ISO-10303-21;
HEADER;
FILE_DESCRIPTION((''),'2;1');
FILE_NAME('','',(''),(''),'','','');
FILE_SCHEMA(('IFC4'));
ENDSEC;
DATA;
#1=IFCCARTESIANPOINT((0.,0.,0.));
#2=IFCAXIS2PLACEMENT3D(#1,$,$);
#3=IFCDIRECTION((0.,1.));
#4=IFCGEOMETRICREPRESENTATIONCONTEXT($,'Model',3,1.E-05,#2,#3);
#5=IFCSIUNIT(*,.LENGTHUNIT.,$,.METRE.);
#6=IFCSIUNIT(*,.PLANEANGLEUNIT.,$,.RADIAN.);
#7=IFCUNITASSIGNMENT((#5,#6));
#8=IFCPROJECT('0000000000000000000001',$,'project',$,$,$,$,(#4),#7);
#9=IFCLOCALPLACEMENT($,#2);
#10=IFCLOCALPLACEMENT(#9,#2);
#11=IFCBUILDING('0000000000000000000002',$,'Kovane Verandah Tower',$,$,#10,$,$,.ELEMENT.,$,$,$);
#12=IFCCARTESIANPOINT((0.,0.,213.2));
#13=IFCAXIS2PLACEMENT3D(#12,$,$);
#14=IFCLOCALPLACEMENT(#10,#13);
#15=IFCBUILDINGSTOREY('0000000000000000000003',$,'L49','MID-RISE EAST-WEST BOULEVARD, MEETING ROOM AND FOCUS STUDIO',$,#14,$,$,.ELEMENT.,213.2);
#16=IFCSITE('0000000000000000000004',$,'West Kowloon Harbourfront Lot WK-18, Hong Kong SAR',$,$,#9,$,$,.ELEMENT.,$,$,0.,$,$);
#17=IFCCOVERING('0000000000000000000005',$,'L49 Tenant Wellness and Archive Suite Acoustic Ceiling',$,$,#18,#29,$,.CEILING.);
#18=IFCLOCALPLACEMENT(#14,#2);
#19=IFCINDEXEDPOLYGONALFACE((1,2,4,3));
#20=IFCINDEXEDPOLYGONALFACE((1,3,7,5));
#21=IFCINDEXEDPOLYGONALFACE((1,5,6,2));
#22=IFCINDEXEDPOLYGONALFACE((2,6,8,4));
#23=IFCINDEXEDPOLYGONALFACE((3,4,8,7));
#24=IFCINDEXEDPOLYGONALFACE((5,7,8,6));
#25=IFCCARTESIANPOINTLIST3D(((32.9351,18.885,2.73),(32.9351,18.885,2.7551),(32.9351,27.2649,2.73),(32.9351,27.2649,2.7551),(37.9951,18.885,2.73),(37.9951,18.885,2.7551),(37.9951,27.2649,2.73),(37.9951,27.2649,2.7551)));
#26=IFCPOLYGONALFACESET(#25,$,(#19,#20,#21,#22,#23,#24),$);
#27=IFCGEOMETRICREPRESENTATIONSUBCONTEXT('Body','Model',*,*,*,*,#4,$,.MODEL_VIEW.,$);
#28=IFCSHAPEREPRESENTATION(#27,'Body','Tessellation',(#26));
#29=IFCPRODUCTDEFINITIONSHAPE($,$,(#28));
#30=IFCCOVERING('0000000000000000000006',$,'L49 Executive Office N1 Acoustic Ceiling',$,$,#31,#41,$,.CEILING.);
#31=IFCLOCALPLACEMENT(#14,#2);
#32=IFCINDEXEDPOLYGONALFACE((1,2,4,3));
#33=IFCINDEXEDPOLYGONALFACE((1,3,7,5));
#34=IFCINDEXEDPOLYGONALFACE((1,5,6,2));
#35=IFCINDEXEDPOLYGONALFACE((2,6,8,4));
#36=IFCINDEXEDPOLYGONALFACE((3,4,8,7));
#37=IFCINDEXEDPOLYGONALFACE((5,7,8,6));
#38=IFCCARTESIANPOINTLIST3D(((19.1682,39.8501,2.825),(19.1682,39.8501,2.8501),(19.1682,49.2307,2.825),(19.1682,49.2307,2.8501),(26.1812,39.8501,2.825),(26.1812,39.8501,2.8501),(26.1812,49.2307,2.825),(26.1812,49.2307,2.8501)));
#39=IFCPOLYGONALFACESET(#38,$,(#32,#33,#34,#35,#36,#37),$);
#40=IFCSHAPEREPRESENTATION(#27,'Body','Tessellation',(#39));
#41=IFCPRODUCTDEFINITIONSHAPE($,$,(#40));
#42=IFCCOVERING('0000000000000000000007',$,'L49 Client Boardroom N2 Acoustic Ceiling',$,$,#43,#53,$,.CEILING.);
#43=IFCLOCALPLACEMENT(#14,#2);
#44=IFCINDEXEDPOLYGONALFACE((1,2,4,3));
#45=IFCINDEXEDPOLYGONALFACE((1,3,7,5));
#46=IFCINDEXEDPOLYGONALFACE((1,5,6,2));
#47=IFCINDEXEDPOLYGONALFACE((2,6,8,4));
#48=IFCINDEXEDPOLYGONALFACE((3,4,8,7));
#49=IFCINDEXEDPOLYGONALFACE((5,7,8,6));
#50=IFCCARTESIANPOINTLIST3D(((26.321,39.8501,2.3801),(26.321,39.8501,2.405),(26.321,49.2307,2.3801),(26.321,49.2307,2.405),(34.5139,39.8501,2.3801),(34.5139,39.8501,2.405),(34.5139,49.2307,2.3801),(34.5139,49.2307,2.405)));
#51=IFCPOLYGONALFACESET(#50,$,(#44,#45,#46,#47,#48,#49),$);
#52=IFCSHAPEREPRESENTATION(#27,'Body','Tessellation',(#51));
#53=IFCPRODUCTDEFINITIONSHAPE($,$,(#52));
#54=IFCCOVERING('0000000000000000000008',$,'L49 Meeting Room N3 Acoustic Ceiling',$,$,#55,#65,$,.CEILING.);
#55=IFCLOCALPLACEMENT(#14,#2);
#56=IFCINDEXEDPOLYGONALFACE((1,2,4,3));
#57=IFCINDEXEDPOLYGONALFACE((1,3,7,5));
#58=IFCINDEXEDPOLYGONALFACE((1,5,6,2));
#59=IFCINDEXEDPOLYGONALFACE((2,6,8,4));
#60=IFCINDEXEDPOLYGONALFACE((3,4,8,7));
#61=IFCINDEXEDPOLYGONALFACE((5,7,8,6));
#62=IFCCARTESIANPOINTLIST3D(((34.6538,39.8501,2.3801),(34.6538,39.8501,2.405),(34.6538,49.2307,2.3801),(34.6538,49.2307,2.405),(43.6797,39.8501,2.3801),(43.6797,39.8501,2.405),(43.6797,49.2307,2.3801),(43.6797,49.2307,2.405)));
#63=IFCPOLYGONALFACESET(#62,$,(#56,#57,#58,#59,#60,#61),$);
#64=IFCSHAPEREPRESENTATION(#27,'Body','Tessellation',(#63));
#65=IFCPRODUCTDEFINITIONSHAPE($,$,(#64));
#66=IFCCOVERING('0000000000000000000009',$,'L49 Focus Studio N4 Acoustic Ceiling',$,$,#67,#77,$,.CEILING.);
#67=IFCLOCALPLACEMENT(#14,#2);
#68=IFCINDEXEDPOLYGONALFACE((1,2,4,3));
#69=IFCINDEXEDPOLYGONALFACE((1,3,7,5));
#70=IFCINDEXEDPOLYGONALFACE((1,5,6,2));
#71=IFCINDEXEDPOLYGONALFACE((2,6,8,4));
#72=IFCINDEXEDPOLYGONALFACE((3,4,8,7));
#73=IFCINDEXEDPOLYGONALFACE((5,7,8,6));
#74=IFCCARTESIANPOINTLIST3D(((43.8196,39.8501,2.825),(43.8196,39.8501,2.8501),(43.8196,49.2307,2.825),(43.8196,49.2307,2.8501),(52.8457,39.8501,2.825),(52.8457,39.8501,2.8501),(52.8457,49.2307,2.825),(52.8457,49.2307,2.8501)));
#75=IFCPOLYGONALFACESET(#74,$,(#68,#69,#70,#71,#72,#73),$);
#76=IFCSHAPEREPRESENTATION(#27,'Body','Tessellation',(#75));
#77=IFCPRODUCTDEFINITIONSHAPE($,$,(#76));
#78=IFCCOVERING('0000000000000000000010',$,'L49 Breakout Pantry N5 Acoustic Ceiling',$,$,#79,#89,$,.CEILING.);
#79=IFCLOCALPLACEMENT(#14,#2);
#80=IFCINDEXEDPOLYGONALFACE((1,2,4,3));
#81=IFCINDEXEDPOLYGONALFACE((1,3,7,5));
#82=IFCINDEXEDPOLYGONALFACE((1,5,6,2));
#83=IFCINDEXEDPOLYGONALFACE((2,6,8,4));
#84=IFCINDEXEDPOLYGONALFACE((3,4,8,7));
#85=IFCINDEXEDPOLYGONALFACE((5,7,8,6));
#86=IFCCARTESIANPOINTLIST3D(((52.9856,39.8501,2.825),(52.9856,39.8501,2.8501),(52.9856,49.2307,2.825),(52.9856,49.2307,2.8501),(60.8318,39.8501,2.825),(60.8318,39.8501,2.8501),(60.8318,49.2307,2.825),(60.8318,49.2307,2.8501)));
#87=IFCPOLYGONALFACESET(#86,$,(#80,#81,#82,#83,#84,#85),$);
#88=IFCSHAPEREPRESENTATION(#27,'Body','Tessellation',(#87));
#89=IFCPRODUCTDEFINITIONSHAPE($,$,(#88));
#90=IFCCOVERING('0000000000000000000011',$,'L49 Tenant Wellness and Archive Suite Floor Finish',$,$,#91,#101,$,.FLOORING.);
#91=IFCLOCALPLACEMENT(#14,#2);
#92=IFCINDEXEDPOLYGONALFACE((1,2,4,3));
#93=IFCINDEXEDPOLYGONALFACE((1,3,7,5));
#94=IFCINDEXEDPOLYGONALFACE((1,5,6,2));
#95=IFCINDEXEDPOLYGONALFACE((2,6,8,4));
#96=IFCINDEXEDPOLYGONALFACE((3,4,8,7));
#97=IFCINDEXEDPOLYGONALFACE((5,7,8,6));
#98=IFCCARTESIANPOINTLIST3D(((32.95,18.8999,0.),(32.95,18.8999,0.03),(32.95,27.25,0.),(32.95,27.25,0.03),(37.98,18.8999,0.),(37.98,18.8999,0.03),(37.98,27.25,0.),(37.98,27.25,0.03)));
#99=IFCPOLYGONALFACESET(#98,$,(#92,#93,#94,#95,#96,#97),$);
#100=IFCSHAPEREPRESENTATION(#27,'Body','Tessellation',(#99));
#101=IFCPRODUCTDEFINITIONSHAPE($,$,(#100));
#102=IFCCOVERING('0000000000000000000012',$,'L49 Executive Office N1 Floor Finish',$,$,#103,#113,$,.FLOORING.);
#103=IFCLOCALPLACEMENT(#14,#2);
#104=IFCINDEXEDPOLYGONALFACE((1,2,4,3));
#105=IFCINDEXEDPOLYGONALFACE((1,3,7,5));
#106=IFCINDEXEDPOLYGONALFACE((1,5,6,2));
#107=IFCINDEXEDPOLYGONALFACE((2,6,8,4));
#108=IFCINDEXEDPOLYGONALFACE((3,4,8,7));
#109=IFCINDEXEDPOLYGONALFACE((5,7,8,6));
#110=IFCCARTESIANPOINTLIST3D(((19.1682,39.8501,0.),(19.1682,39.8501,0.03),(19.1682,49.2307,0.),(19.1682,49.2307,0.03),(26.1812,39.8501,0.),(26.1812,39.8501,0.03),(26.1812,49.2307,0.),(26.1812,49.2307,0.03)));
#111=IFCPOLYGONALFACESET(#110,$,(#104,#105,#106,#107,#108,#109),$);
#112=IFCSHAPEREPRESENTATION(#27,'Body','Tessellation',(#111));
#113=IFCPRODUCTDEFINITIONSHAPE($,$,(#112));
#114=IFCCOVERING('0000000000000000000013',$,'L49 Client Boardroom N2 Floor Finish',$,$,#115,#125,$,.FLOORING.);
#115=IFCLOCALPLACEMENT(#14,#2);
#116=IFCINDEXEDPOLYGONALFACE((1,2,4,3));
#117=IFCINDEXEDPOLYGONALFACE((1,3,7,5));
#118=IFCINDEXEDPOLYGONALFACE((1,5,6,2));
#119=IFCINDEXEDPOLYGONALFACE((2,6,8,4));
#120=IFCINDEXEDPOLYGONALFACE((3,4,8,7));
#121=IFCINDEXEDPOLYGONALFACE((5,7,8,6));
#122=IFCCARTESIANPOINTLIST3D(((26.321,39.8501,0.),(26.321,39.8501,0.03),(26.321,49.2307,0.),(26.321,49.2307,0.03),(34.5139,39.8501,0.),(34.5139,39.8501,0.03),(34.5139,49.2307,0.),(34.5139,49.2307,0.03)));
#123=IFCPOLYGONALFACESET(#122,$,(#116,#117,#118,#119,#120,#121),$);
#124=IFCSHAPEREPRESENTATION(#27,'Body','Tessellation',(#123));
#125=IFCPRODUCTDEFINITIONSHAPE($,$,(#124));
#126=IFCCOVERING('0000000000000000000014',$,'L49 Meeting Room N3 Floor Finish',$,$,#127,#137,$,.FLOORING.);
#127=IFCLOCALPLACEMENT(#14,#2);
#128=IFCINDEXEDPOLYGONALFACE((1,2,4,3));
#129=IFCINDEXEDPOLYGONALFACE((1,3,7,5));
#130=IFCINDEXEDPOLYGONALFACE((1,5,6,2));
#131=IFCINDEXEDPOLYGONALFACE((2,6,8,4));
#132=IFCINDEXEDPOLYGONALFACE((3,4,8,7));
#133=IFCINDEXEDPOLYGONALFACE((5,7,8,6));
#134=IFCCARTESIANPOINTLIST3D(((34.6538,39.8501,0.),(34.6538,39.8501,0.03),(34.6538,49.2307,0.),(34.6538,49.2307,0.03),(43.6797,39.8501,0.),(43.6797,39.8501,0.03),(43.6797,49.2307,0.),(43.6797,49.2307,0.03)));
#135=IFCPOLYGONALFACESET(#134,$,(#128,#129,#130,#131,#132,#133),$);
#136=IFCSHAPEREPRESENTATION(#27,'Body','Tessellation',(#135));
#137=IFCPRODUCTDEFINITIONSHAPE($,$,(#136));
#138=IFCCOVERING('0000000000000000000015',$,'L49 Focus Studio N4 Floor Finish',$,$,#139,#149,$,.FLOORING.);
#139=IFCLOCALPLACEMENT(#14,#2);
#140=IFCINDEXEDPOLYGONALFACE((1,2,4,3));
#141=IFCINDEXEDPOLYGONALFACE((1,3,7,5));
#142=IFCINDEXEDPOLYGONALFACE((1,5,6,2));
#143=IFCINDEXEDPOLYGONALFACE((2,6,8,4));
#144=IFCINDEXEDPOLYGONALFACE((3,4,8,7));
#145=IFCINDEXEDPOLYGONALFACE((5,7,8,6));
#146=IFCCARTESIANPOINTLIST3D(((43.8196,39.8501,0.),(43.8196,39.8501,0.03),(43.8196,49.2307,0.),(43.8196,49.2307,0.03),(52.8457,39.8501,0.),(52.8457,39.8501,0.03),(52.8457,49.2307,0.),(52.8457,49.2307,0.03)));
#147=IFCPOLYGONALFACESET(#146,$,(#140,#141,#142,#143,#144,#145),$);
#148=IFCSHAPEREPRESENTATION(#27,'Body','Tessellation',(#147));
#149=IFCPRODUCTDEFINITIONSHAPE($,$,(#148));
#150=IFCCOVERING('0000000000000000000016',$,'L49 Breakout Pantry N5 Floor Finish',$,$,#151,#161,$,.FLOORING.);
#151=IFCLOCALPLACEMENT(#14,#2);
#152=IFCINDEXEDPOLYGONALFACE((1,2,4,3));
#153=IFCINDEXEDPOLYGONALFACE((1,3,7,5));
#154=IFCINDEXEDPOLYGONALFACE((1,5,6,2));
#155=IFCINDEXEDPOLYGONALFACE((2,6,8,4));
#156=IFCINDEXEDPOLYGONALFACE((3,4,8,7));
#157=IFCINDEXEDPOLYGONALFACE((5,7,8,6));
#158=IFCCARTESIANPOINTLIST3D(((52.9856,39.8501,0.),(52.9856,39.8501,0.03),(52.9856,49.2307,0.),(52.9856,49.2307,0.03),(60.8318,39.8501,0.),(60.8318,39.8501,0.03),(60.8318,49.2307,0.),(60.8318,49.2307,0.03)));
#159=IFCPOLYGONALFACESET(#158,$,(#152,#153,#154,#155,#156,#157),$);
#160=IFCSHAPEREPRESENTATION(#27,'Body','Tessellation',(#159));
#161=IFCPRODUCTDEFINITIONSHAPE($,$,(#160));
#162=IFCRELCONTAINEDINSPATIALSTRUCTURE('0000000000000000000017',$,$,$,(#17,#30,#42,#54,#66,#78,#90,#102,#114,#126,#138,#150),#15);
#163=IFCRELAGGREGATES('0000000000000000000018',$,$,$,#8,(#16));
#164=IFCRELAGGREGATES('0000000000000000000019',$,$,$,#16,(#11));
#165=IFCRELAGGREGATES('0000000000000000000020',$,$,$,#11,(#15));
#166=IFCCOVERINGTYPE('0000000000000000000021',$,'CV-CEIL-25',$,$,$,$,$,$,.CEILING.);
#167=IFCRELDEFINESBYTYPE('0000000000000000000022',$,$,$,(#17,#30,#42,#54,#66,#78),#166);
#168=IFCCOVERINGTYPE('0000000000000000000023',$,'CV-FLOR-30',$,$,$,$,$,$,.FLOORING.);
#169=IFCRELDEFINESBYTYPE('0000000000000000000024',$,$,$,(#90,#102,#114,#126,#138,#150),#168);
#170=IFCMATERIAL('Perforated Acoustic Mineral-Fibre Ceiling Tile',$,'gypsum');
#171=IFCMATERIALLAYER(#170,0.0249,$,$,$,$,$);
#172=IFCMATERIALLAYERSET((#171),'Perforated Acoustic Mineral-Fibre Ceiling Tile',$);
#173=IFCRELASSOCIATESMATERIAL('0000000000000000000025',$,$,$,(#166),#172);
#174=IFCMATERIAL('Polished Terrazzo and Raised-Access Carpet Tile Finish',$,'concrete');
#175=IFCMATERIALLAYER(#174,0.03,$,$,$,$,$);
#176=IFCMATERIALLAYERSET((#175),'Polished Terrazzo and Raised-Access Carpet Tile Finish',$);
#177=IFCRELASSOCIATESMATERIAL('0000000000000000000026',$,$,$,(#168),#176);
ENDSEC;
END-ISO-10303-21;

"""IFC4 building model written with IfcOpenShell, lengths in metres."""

from ifc_helpers import new_model, si_unit, direction, frame, origin, place, context, subcontext, project, spatial, polyline, outline, extrude, material, layer, layer_set, type_object, element, save


model = new_model("IFC4")

# Units and contexts
model_context = context("Model", 3, precision=1e-05, world=origin(), true_north=direction((0.0, 1.0)))
body_context = subcontext(model_context, "Body", "Model", "MODEL_VIEW")
ifc_project = project(units=[si_unit("LENGTHUNIT", "METRE"), si_unit("PLANEANGLEUNIT", "RADIAN")], contexts=[model_context])

# Site, building, storey
site_placement = place(None, origin())
site = spatial("IfcSite", under=ifc_project, at=site_placement, Name="West Kowloon Harbourfront Lot WK-18, Hong Kong SAR", CompositionType="ELEMENT", RefElevation=0.0)
building_placement = place(site_placement, origin())
building = spatial("IfcBuilding", under=site, at=building_placement, Name="Kovane Verandah Tower", CompositionType="ELEMENT")
storey_placement = place(building_placement, frame((0.0, 0.0, 213.2)))
storey = spatial("IfcBuildingStorey", under=building, at=storey_placement, Name="L49", Description="MID-RISE EAST-WEST BOULEVARD, MEETING ROOM AND FOCUS STUDIO", CompositionType="ELEMENT", Elevation=213.2)

# Coverings
ifc_material_1 = material(Name="Perforated Acoustic Mineral-Fibre Ceiling Tile", Category="gypsum")
ifc_layer_1 = layer(ifc_material_1, 0.0249)
ifc_layer_set_1 = layer_set([ifc_layer_1], Name="Perforated Acoustic Mineral-Fibre Ceiling Tile")
covering_type_1 = type_object("IfcCoveringType", Name="CV-CEIL-25", PredefinedType="CEILING", material=ifc_layer_set_1)
covering_1_placement = place(storey_placement, frame((0.0, 0.0, 2.73)))
element("IfcCovering", 1, at=covering_1_placement, inside=storey, type_object=covering_type_1, Name="L49 Tenant Wellness and Archive Suite Acoustic Ceiling", PredefinedType="CEILING", context=body_context, shape_type="SweptSolid", body=[
    extrude(outline(polyline([(32.9351, 18.885), (37.9951, 18.885), (37.9951, 27.2649), (32.9351, 27.2649), (32.9351, 18.885)])), origin(), (0.0, 0.0, 1.0), 0.0251),
])
covering_2_placement = place(storey_placement, frame((0.0, 0.0, 2.825)))
element("IfcCovering", 2, at=covering_2_placement, inside=storey, type_object=covering_type_1, Name="L49 Executive Office N1 Acoustic Ceiling", PredefinedType="CEILING", context=body_context, shape_type="SweptSolid", body=[
    extrude(outline(polyline([(19.1682, 39.8501), (26.1812, 39.8501), (26.1812, 49.2307), (19.1682, 49.2307), (19.1682, 39.8501)])), origin(), (0.0, 0.0, 1.0), 0.0251),
])
covering_3_placement = place(storey_placement, frame((0.0, 0.0, 2.3801)))
element("IfcCovering", 3, at=covering_3_placement, inside=storey, type_object=covering_type_1, Name="L49 Client Boardroom N2 Acoustic Ceiling", PredefinedType="CEILING", context=body_context, shape_type="SweptSolid", body=[
    extrude(outline(polyline([(26.321, 39.8501), (34.5139, 39.8501), (34.5139, 49.2307), (26.321, 49.2307), (26.321, 39.8501)])), origin(), (0.0, 0.0, 1.0), 0.0249),
])
covering_4_placement = place(storey_placement, frame((0.0, 0.0, 2.3801)))
element("IfcCovering", 4, at=covering_4_placement, inside=storey, type_object=covering_type_1, Name="L49 Meeting Room N3 Acoustic Ceiling", PredefinedType="CEILING", context=body_context, shape_type="SweptSolid", body=[
    extrude(outline(polyline([(34.6538, 39.8501), (43.6797, 39.8501), (43.6797, 49.2307), (34.6538, 49.2307), (34.6538, 39.8501)])), origin(), (0.0, 0.0, 1.0), 0.0249),
])
covering_5_placement = place(storey_placement, frame((0.0, 0.0, 2.825)))
element("IfcCovering", 5, at=covering_5_placement, inside=storey, type_object=covering_type_1, Name="L49 Focus Studio N4 Acoustic Ceiling", PredefinedType="CEILING", context=body_context, shape_type="SweptSolid", body=[
    extrude(outline(polyline([(43.8196, 39.8501), (52.8457, 39.8501), (52.8457, 49.2307), (43.8196, 49.2307), (43.8196, 39.8501)])), origin(), (0.0, 0.0, 1.0), 0.0251),
])
covering_6_placement = place(storey_placement, frame((0.0, 0.0, 2.825)))
element("IfcCovering", 6, at=covering_6_placement, inside=storey, type_object=covering_type_1, Name="L49 Breakout Pantry N5 Acoustic Ceiling", PredefinedType="CEILING", context=body_context, shape_type="SweptSolid", body=[
    extrude(outline(polyline([(52.9856, 39.8501), (60.8318, 39.8501), (60.8318, 49.2307), (52.9856, 49.2307), (52.9856, 39.8501)])), origin(), (0.0, 0.0, 1.0), 0.0251),
])
ifc_material_2 = material(Name="Polished Terrazzo and Raised-Access Carpet Tile Finish", Category="concrete")
ifc_layer_2 = layer(ifc_material_2, 0.03)
ifc_layer_set_2 = layer_set([ifc_layer_2], Name="Polished Terrazzo and Raised-Access Carpet Tile Finish")
covering_type_2 = type_object("IfcCoveringType", Name="CV-FLOR-30", PredefinedType="FLOORING", material=ifc_layer_set_2)
covering_7_placement = place(storey_placement, origin())
element("IfcCovering", 7, at=covering_7_placement, inside=storey, type_object=covering_type_2, Name="L49 Tenant Wellness and Archive Suite Floor Finish", PredefinedType="FLOORING", context=body_context, shape_type="SweptSolid", body=[
    extrude(outline(polyline([(32.95, 18.8999), (37.98, 18.8999), (37.98, 27.25), (32.95, 27.25), (32.95, 18.8999)])), origin(), (0.0, 0.0, 1.0), 0.03),
])
covering_8_placement = place(storey_placement, origin())
element("IfcCovering", 8, at=covering_8_placement, inside=storey, type_object=covering_type_2, Name="L49 Executive Office N1 Floor Finish", PredefinedType="FLOORING", context=body_context, shape_type="SweptSolid", body=[
    extrude(outline(polyline([(19.1682, 39.8501), (26.1812, 39.8501), (26.1812, 49.2307), (19.1682, 49.2307), (19.1682, 39.8501)])), origin(), (0.0, 0.0, 1.0), 0.03),
])
covering_9_placement = place(storey_placement, origin())
element("IfcCovering", 9, at=covering_9_placement, inside=storey, type_object=covering_type_2, Name="L49 Client Boardroom N2 Floor Finish", PredefinedType="FLOORING", context=body_context, shape_type="SweptSolid", body=[
    extrude(outline(polyline([(26.321, 39.8501), (34.5139, 39.8501), (34.5139, 49.2307), (26.321, 49.2307), (26.321, 39.8501)])), origin(), (0.0, 0.0, 1.0), 0.03),
])
covering_10_placement = place(storey_placement, origin())
element("IfcCovering", 10, at=covering_10_placement, inside=storey, type_object=covering_type_2, Name="L49 Meeting Room N3 Floor Finish", PredefinedType="FLOORING", context=body_context, shape_type="SweptSolid", body=[
    extrude(outline(polyline([(34.6538, 39.8501), (43.6797, 39.8501), (43.6797, 49.2307), (34.6538, 49.2307), (34.6538, 39.8501)])), origin(), (0.0, 0.0, 1.0), 0.03),
])
covering_11_placement = place(storey_placement, origin())
element("IfcCovering", 11, at=covering_11_placement, inside=storey, type_object=covering_type_2, Name="L49 Focus Studio N4 Floor Finish", PredefinedType="FLOORING", context=body_context, shape_type="SweptSolid", body=[
    extrude(outline(polyline([(43.8196, 39.8501), (52.8457, 39.8501), (52.8457, 49.2307), (43.8196, 49.2307), (43.8196, 39.8501)])), origin(), (0.0, 0.0, 1.0), 0.03),
])
covering_12_placement = place(storey_placement, origin())
element("IfcCovering", 12, at=covering_12_placement, inside=storey, type_object=covering_type_2, Name="L49 Breakout Pantry N5 Floor Finish", PredefinedType="FLOORING", context=body_context, shape_type="SweptSolid", body=[
    extrude(outline(polyline([(52.9856, 39.8501), (60.8318, 39.8501), (60.8318, 49.2307), (52.9856, 49.2307), (52.9856, 39.8501)])), origin(), (0.0, 0.0, 1.0), 0.03),
])

save(model, "model.ifc")
